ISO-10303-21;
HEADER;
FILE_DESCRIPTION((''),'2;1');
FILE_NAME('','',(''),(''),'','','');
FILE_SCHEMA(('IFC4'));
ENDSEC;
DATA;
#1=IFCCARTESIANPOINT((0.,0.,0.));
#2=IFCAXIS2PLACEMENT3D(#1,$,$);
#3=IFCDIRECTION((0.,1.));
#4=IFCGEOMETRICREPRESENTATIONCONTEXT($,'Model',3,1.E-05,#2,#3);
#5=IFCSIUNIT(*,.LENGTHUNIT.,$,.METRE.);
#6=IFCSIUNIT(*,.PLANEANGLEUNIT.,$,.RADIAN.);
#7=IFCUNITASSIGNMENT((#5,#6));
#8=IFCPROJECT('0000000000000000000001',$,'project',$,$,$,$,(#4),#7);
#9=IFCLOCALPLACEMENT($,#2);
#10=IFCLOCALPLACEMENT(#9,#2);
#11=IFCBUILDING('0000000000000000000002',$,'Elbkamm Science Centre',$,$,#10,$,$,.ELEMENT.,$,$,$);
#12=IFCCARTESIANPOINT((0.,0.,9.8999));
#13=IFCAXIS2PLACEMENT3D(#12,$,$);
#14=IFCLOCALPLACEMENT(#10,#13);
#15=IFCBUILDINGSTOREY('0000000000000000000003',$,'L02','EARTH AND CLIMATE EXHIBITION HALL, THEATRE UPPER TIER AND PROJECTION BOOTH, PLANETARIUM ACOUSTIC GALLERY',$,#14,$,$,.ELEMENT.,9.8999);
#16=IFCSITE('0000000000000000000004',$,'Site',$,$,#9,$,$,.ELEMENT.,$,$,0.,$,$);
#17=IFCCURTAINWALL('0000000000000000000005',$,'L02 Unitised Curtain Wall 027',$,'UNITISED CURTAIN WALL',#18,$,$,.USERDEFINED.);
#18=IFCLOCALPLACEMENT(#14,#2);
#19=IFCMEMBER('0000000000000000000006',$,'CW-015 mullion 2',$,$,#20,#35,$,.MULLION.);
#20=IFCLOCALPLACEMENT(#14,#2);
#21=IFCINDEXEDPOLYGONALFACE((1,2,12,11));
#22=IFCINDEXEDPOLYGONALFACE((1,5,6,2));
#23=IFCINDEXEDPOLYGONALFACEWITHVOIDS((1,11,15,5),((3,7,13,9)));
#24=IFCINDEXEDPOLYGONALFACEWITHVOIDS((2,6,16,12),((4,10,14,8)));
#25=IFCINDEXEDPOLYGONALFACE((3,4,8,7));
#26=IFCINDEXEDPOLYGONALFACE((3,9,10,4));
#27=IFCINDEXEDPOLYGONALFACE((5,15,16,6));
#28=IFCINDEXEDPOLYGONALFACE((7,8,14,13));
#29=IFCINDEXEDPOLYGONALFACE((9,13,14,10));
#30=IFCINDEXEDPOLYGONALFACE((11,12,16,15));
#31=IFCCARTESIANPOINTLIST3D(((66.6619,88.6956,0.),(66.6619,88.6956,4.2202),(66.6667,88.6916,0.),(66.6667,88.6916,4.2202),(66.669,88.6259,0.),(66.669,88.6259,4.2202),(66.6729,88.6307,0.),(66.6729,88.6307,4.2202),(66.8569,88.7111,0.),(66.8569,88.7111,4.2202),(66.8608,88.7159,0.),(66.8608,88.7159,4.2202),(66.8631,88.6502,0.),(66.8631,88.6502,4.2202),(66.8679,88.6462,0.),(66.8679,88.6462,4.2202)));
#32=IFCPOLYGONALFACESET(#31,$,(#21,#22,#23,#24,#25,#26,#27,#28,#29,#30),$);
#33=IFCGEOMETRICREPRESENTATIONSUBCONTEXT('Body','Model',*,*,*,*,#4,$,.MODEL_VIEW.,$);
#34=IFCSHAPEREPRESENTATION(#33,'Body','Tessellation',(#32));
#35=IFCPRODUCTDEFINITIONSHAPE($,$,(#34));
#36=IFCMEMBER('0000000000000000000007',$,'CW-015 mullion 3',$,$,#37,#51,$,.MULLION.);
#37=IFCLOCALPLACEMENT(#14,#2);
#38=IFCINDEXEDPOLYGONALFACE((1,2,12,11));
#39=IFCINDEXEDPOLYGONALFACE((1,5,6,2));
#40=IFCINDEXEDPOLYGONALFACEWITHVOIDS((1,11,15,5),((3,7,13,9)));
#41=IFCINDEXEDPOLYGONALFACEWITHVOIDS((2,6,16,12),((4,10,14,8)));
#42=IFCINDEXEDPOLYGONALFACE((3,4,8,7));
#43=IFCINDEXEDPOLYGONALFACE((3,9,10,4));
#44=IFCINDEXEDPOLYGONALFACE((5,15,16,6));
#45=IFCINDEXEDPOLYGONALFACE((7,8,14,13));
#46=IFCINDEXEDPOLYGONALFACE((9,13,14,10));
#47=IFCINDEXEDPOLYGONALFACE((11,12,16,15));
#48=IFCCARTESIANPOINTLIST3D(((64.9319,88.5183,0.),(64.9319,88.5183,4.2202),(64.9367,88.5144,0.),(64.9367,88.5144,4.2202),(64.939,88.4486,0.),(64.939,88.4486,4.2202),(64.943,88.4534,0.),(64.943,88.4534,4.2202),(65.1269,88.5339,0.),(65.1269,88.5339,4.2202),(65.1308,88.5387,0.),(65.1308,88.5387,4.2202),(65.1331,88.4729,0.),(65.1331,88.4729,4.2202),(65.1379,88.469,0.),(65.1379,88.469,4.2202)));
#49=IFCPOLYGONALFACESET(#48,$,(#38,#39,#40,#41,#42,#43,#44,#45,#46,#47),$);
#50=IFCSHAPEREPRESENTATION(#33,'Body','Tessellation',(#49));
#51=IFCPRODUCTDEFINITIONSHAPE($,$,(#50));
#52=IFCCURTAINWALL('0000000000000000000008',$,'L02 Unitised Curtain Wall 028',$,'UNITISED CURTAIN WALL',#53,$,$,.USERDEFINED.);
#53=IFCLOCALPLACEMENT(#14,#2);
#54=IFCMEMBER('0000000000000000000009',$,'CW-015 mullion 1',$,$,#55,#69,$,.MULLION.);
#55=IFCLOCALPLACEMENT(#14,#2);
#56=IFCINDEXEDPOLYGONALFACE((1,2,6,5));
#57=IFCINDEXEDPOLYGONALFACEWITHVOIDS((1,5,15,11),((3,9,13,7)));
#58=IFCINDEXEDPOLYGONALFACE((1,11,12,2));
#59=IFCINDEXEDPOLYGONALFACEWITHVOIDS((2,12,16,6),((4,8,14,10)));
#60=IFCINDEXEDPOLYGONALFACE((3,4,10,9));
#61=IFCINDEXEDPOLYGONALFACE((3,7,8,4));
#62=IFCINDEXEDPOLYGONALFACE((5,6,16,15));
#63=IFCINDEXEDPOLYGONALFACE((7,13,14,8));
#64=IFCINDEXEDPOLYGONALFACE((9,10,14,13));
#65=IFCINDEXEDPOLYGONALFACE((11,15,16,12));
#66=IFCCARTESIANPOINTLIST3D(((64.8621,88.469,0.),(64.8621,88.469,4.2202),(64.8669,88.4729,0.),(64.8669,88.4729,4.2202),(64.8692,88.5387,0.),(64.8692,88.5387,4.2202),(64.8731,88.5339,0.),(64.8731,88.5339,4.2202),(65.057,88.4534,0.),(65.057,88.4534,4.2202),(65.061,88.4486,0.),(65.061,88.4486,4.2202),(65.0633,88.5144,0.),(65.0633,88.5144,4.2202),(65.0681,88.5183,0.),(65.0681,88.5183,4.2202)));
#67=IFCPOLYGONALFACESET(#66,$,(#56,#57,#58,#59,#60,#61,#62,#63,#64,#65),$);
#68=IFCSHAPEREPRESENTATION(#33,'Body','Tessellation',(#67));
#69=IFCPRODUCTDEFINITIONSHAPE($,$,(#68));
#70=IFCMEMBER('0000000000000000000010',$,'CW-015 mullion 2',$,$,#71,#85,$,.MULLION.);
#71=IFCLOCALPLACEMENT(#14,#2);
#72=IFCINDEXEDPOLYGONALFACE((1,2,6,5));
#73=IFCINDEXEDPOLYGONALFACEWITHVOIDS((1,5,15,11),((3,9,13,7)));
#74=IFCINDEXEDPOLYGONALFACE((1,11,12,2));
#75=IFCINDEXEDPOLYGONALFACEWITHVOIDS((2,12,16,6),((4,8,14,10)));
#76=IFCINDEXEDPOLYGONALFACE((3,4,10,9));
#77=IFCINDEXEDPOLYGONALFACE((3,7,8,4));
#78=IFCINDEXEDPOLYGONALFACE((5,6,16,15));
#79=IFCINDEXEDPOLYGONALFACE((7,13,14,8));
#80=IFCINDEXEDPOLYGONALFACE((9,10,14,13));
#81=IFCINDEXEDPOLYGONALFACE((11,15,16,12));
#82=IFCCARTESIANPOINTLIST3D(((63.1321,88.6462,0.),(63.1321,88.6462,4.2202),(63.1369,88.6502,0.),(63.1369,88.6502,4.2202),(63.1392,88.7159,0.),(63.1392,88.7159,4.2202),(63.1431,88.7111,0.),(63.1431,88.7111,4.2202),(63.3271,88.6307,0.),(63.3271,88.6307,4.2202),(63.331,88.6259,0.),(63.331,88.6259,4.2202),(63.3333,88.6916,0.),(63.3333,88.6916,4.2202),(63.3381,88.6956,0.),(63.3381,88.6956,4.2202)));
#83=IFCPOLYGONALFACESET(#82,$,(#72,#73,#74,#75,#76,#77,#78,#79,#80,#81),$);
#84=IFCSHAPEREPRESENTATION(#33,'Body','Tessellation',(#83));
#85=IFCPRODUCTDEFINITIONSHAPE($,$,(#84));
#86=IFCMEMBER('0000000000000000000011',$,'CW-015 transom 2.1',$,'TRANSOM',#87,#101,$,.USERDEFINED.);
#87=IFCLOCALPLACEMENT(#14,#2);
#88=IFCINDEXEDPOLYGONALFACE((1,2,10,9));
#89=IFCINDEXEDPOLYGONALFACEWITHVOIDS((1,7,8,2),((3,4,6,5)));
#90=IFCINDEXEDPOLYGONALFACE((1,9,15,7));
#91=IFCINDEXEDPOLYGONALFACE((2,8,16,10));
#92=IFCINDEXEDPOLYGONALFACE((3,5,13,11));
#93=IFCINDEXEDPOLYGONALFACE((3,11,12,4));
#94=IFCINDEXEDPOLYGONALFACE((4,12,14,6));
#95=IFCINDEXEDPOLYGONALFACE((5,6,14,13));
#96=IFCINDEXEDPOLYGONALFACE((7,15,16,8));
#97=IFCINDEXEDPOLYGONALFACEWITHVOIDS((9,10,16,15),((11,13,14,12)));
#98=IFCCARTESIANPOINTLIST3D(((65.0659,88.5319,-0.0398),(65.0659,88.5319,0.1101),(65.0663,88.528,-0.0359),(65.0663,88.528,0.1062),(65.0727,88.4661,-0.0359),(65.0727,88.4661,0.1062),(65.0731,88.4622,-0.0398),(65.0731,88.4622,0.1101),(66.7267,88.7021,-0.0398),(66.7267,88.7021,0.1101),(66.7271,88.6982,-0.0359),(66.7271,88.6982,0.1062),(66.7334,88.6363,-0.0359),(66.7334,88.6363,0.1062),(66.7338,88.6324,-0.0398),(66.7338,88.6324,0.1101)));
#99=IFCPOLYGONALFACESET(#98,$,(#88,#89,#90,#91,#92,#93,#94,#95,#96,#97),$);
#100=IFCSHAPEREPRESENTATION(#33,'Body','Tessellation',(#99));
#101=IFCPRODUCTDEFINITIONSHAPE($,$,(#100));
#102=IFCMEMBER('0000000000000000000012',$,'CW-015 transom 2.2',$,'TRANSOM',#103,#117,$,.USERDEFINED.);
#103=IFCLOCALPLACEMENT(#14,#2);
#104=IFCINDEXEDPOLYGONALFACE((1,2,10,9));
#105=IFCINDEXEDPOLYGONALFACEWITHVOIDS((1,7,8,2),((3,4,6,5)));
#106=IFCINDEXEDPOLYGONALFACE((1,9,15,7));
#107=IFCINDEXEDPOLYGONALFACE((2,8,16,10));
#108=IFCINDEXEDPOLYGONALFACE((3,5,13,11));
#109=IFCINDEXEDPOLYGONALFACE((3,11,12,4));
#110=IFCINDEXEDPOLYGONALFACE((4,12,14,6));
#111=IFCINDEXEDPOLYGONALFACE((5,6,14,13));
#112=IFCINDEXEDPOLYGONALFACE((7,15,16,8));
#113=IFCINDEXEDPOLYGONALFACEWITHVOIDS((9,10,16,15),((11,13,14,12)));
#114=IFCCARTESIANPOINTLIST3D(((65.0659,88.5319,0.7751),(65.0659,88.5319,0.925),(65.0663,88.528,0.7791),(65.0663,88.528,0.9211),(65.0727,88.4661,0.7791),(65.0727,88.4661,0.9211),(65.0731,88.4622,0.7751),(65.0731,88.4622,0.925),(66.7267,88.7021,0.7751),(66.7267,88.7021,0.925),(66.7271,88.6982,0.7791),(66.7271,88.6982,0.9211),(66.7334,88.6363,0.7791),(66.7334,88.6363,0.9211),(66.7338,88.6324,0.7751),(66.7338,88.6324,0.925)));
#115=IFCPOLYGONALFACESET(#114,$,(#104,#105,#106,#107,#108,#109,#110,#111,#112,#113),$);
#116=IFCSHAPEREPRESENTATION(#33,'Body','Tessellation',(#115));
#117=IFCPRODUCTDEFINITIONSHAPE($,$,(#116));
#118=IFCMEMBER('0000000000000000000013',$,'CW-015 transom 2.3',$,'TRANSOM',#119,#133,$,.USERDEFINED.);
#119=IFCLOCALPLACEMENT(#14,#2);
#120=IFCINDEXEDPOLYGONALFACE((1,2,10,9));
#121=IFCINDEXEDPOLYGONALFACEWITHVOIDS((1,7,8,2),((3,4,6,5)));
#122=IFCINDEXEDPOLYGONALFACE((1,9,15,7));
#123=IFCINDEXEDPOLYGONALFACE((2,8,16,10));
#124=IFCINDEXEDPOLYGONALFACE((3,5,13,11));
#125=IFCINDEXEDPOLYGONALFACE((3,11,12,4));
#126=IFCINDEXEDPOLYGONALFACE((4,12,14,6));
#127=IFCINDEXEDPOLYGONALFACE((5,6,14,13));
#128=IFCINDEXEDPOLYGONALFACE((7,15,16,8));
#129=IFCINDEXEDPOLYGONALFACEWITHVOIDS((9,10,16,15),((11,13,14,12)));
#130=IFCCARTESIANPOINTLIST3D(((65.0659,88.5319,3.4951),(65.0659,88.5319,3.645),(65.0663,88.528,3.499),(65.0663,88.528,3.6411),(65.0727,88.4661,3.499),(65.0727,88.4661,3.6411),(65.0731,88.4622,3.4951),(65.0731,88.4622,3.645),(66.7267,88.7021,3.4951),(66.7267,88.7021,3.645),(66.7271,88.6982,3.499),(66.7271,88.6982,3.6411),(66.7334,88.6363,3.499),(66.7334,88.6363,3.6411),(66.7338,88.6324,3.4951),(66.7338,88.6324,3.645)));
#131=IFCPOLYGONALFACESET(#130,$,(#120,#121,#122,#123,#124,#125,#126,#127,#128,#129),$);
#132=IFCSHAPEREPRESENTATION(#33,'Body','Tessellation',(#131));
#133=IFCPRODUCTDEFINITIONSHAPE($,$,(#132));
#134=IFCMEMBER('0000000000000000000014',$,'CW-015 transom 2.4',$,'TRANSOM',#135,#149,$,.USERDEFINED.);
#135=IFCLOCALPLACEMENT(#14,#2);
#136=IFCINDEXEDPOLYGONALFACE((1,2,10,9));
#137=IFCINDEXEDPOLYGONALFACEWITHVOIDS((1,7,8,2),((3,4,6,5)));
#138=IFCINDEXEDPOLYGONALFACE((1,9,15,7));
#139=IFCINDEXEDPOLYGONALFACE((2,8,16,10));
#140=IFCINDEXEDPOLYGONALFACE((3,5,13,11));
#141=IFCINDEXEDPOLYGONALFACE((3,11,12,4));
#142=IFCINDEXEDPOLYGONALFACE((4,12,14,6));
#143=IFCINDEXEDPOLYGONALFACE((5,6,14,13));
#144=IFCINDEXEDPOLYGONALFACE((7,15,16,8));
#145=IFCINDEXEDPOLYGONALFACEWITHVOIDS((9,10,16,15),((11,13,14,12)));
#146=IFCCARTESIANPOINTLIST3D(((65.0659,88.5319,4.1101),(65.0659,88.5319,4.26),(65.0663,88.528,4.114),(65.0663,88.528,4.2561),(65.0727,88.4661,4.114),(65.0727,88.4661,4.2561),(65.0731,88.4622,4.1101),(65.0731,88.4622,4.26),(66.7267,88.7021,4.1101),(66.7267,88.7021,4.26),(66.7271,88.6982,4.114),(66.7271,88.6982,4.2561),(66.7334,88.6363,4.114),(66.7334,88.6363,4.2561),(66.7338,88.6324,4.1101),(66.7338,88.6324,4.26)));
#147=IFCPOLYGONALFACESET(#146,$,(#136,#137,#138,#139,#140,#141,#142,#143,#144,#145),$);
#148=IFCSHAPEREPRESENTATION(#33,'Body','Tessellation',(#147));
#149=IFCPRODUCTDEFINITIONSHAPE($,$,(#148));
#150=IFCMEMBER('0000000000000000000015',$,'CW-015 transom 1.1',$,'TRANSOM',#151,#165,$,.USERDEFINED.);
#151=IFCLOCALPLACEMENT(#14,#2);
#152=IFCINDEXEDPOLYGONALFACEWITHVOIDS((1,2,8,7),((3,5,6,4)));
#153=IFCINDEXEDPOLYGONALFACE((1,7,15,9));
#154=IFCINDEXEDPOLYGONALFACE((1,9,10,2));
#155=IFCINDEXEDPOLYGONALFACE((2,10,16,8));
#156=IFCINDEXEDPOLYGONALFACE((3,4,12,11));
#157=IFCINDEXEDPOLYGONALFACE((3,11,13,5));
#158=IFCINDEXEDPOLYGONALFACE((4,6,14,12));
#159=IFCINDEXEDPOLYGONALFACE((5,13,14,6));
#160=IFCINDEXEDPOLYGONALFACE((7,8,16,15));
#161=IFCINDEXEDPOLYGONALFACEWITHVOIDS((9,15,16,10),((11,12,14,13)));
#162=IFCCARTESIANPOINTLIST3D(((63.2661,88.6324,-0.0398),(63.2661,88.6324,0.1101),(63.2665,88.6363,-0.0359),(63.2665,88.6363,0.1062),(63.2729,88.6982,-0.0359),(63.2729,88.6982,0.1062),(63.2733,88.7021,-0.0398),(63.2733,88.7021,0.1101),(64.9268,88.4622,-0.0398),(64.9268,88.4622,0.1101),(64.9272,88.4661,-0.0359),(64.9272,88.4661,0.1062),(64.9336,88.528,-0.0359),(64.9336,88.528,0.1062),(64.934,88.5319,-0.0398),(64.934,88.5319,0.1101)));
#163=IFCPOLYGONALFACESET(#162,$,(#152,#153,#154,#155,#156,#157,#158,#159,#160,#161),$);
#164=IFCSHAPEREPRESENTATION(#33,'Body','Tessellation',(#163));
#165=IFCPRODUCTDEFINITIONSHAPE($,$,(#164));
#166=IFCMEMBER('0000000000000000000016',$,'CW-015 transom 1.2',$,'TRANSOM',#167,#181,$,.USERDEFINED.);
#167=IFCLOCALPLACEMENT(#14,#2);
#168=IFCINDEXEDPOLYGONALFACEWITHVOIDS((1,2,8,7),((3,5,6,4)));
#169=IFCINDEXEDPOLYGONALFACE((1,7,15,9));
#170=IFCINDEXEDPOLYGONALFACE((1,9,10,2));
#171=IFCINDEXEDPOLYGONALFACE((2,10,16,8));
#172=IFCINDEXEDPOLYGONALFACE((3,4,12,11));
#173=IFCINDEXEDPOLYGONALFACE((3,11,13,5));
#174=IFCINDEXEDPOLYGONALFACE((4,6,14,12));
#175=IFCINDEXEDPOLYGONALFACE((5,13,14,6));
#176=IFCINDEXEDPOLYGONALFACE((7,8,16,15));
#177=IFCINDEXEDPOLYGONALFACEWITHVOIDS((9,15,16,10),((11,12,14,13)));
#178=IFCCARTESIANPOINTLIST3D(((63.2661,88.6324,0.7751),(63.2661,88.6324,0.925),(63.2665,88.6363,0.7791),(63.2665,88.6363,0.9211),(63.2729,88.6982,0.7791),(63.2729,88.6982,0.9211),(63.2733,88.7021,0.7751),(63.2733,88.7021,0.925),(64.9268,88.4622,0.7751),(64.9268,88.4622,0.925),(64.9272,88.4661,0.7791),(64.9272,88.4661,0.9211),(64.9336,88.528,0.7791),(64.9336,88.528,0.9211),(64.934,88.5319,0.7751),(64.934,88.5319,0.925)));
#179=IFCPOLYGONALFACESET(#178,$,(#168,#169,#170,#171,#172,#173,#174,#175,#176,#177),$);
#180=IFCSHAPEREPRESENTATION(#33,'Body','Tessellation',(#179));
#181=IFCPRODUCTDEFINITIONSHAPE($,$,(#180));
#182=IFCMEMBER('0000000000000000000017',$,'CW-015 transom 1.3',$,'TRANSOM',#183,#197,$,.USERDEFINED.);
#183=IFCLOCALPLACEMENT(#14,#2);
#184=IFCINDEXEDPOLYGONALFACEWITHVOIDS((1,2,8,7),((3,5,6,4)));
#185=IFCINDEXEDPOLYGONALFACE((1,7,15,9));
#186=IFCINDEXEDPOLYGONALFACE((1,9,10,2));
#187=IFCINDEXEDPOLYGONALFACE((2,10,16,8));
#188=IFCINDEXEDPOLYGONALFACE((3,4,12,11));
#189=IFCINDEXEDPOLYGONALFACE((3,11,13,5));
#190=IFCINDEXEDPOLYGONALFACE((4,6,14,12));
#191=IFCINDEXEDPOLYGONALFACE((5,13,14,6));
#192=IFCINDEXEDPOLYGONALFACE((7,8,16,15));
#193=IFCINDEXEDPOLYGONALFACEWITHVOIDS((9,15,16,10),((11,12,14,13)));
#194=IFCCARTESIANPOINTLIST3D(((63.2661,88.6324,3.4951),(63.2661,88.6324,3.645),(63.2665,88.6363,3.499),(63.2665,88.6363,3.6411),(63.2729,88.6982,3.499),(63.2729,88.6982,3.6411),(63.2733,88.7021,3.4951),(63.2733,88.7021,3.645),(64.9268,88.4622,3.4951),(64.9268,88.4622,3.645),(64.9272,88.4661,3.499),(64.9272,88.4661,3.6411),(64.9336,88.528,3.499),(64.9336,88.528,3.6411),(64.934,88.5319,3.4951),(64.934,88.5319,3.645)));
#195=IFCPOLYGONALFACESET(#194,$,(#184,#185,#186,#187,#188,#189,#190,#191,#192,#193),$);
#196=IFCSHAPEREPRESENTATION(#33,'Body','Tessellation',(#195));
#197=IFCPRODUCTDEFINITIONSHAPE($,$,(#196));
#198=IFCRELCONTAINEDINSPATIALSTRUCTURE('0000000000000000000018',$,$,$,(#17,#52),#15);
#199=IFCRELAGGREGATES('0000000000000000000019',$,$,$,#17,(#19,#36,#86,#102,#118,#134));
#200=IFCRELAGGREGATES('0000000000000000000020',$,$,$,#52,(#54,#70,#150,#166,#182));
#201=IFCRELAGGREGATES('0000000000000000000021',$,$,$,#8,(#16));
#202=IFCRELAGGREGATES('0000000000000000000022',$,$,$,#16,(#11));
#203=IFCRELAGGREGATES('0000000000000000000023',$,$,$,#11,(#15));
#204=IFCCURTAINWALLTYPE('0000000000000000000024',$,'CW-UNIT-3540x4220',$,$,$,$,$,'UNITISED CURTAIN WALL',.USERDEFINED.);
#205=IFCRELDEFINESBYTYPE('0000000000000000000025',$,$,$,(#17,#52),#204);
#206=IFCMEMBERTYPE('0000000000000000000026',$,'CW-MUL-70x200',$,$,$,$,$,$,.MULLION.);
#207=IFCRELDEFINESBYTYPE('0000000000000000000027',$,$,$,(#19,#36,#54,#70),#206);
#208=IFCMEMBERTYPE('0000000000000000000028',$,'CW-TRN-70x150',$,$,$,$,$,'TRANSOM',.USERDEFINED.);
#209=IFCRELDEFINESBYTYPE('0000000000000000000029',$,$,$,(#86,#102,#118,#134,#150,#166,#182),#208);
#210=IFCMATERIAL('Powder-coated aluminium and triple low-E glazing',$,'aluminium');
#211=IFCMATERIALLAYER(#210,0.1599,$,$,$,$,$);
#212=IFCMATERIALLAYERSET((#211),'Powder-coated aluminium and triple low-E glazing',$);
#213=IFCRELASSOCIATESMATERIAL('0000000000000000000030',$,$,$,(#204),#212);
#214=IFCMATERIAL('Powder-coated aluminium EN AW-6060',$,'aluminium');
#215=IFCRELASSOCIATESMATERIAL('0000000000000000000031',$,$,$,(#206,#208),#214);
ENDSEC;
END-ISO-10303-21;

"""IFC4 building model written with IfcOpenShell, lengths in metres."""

from ifc_helpers import new_model, si_unit, direction, frame, origin, origin_2d, place, context, subcontext, project, spatial, hollow_rectangle, extrude, material, layer, layer_set, material_profile, profile_set, type_object, element, aggregate, save


model = new_model("IFC4")

# Units and contexts
model_context = context("Model", 3, precision=1e-05, world=origin(), true_north=direction((0.0, 1.0)))
body_context = subcontext(model_context, "Body", "Model", "MODEL_VIEW")
ifc_project = project(units=[si_unit("LENGTHUNIT", "METRE"), si_unit("PLANEANGLEUNIT", "RADIAN")], contexts=[model_context])

# Site, building, storey
site_placement = place(None, origin())
site = spatial("IfcSite", under=ifc_project, at=site_placement, Name="Site", CompositionType="ELEMENT", RefElevation=0.0)
building_placement = place(site_placement, origin())
building = spatial("IfcBuilding", under=site, at=building_placement, Name="Elbkamm Science Centre", CompositionType="ELEMENT")
storey_placement = place(building_placement, frame((0.0, 0.0, 9.8999)))
storey = spatial("IfcBuildingStorey", under=building, at=storey_placement, Name="L02", Description="EARTH AND CLIMATE EXHIBITION HALL, THEATRE UPPER TIER AND PROJECTION BOOTH, PLANETARIUM ACOUSTIC GALLERY", CompositionType="ELEMENT", Elevation=9.8999)

# Curtain walls, members
ifc_material_1 = material(Name="Powder-coated aluminium and triple low-E glazing", Category="aluminium")
ifc_layer_1 = layer(ifc_material_1, 0.1599)
ifc_layer_set_1 = layer_set([ifc_layer_1], Name="Powder-coated aluminium and triple low-E glazing")
curtain_wall_type = type_object("IfcCurtainWallType", Name="CW-UNIT-3540x4220", ElementType="UNITISED CURTAIN WALL", PredefinedType="USERDEFINED", material=ifc_layer_set_1)
curtain_wall_1_placement = place(storey_placement, origin())
curtain_wall_1 = element("IfcCurtainWall", 1, at=curtain_wall_1_placement, inside=storey, type_object=curtain_wall_type, Name="L02 Unitised Curtain Wall 027", ObjectType="UNITISED CURTAIN WALL", PredefinedType="USERDEFINED")
ifc_material_2 = material(Name="Powder-coated aluminium EN AW-6060", Category="aluminium")
ifc_material_profile_1 = material_profile(ifc_material_2, hollow_rectangle(XDim=0.0701, YDim=0.2, WallThickness=0.0044, at=origin_2d()), Name="ALU M70x200")
ifc_profile_set_1 = profile_set([ifc_material_profile_1], Name="Powder-coated aluminium EN AW-6060")
member_type_1 = type_object("IfcMemberType", Name="CW-MUL-70x200", PredefinedType="MULLION", material=ifc_profile_set_1)
member_1_placement = place(storey_placement, frame((66.7649, 88.6709, 0.0), z_axis=(0.0, 0.0, 1.0), x_axis=(0.101906, -0.994794, 0.0)))
member_1 = element("IfcMember", 2, at=member_1_placement, type_object=member_type_1, Name="CW-015 mullion 2", PredefinedType="MULLION", context=body_context, shape_type="SweptSolid", body=[
    extrude(hollow_rectangle(XDim=0.0701, YDim=0.2, WallThickness=0.0044, at=origin_2d()), origin(), (0.0, 0.0, 1.0), 4.2202),
])
member_2_placement = place(storey_placement, frame((65.0349, 88.4937, 0.0), z_axis=(0.0, 0.0, 1.0), x_axis=(0.101906, -0.994794, 0.0)))
member_2 = element("IfcMember", 3, at=member_2_placement, type_object=member_type_1, Name="CW-015 mullion 3", PredefinedType="MULLION", context=body_context, shape_type="SweptSolid", body=[
    extrude(hollow_rectangle(XDim=0.0701, YDim=0.2, WallThickness=0.0044, at=origin_2d()), origin(), (0.0, 0.0, 1.0), 4.2202),
])
curtain_wall_2_placement = place(storey_placement, origin())
curtain_wall_2 = element("IfcCurtainWall", 4, at=curtain_wall_2_placement, inside=storey, type_object=curtain_wall_type, Name="L02 Unitised Curtain Wall 028", ObjectType="UNITISED CURTAIN WALL", PredefinedType="USERDEFINED")
member_3_placement = place(storey_placement, frame((64.9651, 88.4937, 0.0), z_axis=(0.0, 0.0, 1.0), x_axis=(-0.101906, -0.994794, 0.0)))
member_3 = element("IfcMember", 5, at=member_3_placement, type_object=member_type_1, Name="CW-015 mullion 1", PredefinedType="MULLION", context=body_context, shape_type="SweptSolid", body=[
    extrude(hollow_rectangle(XDim=0.0701, YDim=0.2, WallThickness=0.0044, at=origin_2d()), origin(), (0.0, 0.0, 1.0), 4.2202),
])
member_4_placement = place(storey_placement, frame((63.2351, 88.6709, 0.0), z_axis=(0.0, 0.0, 1.0), x_axis=(-0.101906, -0.994794, 0.0)))
member_4 = element("IfcMember", 6, at=member_4_placement, type_object=member_type_1, Name="CW-015 mullion 2", PredefinedType="MULLION", context=body_context, shape_type="SweptSolid", body=[
    extrude(hollow_rectangle(XDim=0.0701, YDim=0.2, WallThickness=0.0044, at=origin_2d()), origin(), (0.0, 0.0, 1.0), 4.2202),
])

# Members
ifc_material_profile_2 = material_profile(ifc_material_2, hollow_rectangle(XDim=0.0701, YDim=0.1499, WallThickness=0.0039, at=origin_2d()), Name="ALU T70x150")
ifc_profile_set_2 = profile_set([ifc_material_profile_2], Name="Powder-coated aluminium EN AW-6060")
member_type_2 = type_object("IfcMemberType", Name="CW-TRN-70x150", ElementType="TRANSOM", PredefinedType="USERDEFINED", material=ifc_profile_set_2)
member_5_placement = place(storey_placement, frame((66.7302, 88.6672, 0.0352), z_axis=(-0.994791, -0.101936, 0.0), x_axis=(0.101936, -0.994791, 0.0)))
member_5 = element("IfcMember", 7, at=member_5_placement, type_object=member_type_2, Name="CW-015 transom 2.1", ObjectType="TRANSOM", PredefinedType="USERDEFINED", context=body_context, shape_type="SweptSolid", body=[
    extrude(hollow_rectangle(XDim=0.0701, YDim=0.1499, WallThickness=0.0039, at=origin_2d()), origin(), (0.0, 0.0, 1.0), 1.6694),
])
member_6_placement = place(storey_placement, frame((66.7302, 88.6672, 0.8501), z_axis=(-0.994791, -0.101936, 0.0), x_axis=(0.101936, -0.994791, 0.0)))
member_6 = element("IfcMember", 8, at=member_6_placement, type_object=member_type_2, Name="CW-015 transom 2.2", ObjectType="TRANSOM", PredefinedType="USERDEFINED", context=body_context, shape_type="SweptSolid", body=[
    extrude(hollow_rectangle(XDim=0.0701, YDim=0.1499, WallThickness=0.0039, at=origin_2d()), origin(), (0.0, 0.0, 1.0), 1.6694),
])
member_7_placement = place(storey_placement, frame((66.7302, 88.6672, 3.5701), z_axis=(-0.994791, -0.101936, 0.0), x_axis=(0.101936, -0.994791, 0.0)))
member_7 = element("IfcMember", 9, at=member_7_placement, type_object=member_type_2, Name="CW-015 transom 2.3", ObjectType="TRANSOM", PredefinedType="USERDEFINED", context=body_context, shape_type="SweptSolid", body=[
    extrude(hollow_rectangle(XDim=0.0701, YDim=0.1499, WallThickness=0.0039, at=origin_2d()), origin(), (0.0, 0.0, 1.0), 1.6694),
])
member_8_placement = place(storey_placement, frame((66.7302, 88.6672, 4.1851), z_axis=(-0.994791, -0.101936, 0.0), x_axis=(0.101936, -0.994791, 0.0)))
member_8 = element("IfcMember", 10, at=member_8_placement, type_object=member_type_2, Name="CW-015 transom 2.4", ObjectType="TRANSOM", PredefinedType="USERDEFINED", context=body_context, shape_type="SweptSolid", body=[
    extrude(hollow_rectangle(XDim=0.0701, YDim=0.1499, WallThickness=0.0039, at=origin_2d()), origin(), (0.0, 0.0, 1.0), 1.6694),
])
member_9_placement = place(storey_placement, frame((64.9304, 88.4971, 0.0352), z_axis=(-0.994791, 0.101936, 0.0), x_axis=(-0.101936, -0.994791, 0.0)))
member_9 = element("IfcMember", 11, at=member_9_placement, type_object=member_type_2, Name="CW-015 transom 1.1", ObjectType="TRANSOM", PredefinedType="USERDEFINED", context=body_context, shape_type="SweptSolid", body=[
    extrude(hollow_rectangle(XDim=0.0701, YDim=0.1499, WallThickness=0.0039, at=origin_2d()), origin(), (0.0, 0.0, 1.0), 1.6694),
])
member_10_placement = place(storey_placement, frame((64.9304, 88.4971, 0.8501), z_axis=(-0.994791, 0.101936, 0.0), x_axis=(-0.101936, -0.994791, 0.0)))
member_10 = element("IfcMember", 12, at=member_10_placement, type_object=member_type_2, Name="CW-015 transom 1.2", ObjectType="TRANSOM", PredefinedType="USERDEFINED", context=body_context, shape_type="SweptSolid", body=[
    extrude(hollow_rectangle(XDim=0.0701, YDim=0.1499, WallThickness=0.0039, at=origin_2d()), origin(), (0.0, 0.0, 1.0), 1.6694),
])
member_11_placement = place(storey_placement, frame((64.9304, 88.4971, 3.5701), z_axis=(-0.994791, 0.101936, 0.0), x_axis=(-0.101936, -0.994791, 0.0)))
member_11 = element("IfcMember", 13, at=member_11_placement, type_object=member_type_2, Name="CW-015 transom 1.3", ObjectType="TRANSOM", PredefinedType="USERDEFINED", context=body_context, shape_type="SweptSolid", body=[
    extrude(hollow_rectangle(XDim=0.0701, YDim=0.1499, WallThickness=0.0039, at=origin_2d()), origin(), (0.0, 0.0, 1.0), 1.6694),
])

aggregate(curtain_wall_1, [member_1, member_2, member_5, member_6, member_7, member_8])
aggregate(curtain_wall_2, [member_3, member_4, member_9, member_10, member_11])

save(model, "model.ifc")
